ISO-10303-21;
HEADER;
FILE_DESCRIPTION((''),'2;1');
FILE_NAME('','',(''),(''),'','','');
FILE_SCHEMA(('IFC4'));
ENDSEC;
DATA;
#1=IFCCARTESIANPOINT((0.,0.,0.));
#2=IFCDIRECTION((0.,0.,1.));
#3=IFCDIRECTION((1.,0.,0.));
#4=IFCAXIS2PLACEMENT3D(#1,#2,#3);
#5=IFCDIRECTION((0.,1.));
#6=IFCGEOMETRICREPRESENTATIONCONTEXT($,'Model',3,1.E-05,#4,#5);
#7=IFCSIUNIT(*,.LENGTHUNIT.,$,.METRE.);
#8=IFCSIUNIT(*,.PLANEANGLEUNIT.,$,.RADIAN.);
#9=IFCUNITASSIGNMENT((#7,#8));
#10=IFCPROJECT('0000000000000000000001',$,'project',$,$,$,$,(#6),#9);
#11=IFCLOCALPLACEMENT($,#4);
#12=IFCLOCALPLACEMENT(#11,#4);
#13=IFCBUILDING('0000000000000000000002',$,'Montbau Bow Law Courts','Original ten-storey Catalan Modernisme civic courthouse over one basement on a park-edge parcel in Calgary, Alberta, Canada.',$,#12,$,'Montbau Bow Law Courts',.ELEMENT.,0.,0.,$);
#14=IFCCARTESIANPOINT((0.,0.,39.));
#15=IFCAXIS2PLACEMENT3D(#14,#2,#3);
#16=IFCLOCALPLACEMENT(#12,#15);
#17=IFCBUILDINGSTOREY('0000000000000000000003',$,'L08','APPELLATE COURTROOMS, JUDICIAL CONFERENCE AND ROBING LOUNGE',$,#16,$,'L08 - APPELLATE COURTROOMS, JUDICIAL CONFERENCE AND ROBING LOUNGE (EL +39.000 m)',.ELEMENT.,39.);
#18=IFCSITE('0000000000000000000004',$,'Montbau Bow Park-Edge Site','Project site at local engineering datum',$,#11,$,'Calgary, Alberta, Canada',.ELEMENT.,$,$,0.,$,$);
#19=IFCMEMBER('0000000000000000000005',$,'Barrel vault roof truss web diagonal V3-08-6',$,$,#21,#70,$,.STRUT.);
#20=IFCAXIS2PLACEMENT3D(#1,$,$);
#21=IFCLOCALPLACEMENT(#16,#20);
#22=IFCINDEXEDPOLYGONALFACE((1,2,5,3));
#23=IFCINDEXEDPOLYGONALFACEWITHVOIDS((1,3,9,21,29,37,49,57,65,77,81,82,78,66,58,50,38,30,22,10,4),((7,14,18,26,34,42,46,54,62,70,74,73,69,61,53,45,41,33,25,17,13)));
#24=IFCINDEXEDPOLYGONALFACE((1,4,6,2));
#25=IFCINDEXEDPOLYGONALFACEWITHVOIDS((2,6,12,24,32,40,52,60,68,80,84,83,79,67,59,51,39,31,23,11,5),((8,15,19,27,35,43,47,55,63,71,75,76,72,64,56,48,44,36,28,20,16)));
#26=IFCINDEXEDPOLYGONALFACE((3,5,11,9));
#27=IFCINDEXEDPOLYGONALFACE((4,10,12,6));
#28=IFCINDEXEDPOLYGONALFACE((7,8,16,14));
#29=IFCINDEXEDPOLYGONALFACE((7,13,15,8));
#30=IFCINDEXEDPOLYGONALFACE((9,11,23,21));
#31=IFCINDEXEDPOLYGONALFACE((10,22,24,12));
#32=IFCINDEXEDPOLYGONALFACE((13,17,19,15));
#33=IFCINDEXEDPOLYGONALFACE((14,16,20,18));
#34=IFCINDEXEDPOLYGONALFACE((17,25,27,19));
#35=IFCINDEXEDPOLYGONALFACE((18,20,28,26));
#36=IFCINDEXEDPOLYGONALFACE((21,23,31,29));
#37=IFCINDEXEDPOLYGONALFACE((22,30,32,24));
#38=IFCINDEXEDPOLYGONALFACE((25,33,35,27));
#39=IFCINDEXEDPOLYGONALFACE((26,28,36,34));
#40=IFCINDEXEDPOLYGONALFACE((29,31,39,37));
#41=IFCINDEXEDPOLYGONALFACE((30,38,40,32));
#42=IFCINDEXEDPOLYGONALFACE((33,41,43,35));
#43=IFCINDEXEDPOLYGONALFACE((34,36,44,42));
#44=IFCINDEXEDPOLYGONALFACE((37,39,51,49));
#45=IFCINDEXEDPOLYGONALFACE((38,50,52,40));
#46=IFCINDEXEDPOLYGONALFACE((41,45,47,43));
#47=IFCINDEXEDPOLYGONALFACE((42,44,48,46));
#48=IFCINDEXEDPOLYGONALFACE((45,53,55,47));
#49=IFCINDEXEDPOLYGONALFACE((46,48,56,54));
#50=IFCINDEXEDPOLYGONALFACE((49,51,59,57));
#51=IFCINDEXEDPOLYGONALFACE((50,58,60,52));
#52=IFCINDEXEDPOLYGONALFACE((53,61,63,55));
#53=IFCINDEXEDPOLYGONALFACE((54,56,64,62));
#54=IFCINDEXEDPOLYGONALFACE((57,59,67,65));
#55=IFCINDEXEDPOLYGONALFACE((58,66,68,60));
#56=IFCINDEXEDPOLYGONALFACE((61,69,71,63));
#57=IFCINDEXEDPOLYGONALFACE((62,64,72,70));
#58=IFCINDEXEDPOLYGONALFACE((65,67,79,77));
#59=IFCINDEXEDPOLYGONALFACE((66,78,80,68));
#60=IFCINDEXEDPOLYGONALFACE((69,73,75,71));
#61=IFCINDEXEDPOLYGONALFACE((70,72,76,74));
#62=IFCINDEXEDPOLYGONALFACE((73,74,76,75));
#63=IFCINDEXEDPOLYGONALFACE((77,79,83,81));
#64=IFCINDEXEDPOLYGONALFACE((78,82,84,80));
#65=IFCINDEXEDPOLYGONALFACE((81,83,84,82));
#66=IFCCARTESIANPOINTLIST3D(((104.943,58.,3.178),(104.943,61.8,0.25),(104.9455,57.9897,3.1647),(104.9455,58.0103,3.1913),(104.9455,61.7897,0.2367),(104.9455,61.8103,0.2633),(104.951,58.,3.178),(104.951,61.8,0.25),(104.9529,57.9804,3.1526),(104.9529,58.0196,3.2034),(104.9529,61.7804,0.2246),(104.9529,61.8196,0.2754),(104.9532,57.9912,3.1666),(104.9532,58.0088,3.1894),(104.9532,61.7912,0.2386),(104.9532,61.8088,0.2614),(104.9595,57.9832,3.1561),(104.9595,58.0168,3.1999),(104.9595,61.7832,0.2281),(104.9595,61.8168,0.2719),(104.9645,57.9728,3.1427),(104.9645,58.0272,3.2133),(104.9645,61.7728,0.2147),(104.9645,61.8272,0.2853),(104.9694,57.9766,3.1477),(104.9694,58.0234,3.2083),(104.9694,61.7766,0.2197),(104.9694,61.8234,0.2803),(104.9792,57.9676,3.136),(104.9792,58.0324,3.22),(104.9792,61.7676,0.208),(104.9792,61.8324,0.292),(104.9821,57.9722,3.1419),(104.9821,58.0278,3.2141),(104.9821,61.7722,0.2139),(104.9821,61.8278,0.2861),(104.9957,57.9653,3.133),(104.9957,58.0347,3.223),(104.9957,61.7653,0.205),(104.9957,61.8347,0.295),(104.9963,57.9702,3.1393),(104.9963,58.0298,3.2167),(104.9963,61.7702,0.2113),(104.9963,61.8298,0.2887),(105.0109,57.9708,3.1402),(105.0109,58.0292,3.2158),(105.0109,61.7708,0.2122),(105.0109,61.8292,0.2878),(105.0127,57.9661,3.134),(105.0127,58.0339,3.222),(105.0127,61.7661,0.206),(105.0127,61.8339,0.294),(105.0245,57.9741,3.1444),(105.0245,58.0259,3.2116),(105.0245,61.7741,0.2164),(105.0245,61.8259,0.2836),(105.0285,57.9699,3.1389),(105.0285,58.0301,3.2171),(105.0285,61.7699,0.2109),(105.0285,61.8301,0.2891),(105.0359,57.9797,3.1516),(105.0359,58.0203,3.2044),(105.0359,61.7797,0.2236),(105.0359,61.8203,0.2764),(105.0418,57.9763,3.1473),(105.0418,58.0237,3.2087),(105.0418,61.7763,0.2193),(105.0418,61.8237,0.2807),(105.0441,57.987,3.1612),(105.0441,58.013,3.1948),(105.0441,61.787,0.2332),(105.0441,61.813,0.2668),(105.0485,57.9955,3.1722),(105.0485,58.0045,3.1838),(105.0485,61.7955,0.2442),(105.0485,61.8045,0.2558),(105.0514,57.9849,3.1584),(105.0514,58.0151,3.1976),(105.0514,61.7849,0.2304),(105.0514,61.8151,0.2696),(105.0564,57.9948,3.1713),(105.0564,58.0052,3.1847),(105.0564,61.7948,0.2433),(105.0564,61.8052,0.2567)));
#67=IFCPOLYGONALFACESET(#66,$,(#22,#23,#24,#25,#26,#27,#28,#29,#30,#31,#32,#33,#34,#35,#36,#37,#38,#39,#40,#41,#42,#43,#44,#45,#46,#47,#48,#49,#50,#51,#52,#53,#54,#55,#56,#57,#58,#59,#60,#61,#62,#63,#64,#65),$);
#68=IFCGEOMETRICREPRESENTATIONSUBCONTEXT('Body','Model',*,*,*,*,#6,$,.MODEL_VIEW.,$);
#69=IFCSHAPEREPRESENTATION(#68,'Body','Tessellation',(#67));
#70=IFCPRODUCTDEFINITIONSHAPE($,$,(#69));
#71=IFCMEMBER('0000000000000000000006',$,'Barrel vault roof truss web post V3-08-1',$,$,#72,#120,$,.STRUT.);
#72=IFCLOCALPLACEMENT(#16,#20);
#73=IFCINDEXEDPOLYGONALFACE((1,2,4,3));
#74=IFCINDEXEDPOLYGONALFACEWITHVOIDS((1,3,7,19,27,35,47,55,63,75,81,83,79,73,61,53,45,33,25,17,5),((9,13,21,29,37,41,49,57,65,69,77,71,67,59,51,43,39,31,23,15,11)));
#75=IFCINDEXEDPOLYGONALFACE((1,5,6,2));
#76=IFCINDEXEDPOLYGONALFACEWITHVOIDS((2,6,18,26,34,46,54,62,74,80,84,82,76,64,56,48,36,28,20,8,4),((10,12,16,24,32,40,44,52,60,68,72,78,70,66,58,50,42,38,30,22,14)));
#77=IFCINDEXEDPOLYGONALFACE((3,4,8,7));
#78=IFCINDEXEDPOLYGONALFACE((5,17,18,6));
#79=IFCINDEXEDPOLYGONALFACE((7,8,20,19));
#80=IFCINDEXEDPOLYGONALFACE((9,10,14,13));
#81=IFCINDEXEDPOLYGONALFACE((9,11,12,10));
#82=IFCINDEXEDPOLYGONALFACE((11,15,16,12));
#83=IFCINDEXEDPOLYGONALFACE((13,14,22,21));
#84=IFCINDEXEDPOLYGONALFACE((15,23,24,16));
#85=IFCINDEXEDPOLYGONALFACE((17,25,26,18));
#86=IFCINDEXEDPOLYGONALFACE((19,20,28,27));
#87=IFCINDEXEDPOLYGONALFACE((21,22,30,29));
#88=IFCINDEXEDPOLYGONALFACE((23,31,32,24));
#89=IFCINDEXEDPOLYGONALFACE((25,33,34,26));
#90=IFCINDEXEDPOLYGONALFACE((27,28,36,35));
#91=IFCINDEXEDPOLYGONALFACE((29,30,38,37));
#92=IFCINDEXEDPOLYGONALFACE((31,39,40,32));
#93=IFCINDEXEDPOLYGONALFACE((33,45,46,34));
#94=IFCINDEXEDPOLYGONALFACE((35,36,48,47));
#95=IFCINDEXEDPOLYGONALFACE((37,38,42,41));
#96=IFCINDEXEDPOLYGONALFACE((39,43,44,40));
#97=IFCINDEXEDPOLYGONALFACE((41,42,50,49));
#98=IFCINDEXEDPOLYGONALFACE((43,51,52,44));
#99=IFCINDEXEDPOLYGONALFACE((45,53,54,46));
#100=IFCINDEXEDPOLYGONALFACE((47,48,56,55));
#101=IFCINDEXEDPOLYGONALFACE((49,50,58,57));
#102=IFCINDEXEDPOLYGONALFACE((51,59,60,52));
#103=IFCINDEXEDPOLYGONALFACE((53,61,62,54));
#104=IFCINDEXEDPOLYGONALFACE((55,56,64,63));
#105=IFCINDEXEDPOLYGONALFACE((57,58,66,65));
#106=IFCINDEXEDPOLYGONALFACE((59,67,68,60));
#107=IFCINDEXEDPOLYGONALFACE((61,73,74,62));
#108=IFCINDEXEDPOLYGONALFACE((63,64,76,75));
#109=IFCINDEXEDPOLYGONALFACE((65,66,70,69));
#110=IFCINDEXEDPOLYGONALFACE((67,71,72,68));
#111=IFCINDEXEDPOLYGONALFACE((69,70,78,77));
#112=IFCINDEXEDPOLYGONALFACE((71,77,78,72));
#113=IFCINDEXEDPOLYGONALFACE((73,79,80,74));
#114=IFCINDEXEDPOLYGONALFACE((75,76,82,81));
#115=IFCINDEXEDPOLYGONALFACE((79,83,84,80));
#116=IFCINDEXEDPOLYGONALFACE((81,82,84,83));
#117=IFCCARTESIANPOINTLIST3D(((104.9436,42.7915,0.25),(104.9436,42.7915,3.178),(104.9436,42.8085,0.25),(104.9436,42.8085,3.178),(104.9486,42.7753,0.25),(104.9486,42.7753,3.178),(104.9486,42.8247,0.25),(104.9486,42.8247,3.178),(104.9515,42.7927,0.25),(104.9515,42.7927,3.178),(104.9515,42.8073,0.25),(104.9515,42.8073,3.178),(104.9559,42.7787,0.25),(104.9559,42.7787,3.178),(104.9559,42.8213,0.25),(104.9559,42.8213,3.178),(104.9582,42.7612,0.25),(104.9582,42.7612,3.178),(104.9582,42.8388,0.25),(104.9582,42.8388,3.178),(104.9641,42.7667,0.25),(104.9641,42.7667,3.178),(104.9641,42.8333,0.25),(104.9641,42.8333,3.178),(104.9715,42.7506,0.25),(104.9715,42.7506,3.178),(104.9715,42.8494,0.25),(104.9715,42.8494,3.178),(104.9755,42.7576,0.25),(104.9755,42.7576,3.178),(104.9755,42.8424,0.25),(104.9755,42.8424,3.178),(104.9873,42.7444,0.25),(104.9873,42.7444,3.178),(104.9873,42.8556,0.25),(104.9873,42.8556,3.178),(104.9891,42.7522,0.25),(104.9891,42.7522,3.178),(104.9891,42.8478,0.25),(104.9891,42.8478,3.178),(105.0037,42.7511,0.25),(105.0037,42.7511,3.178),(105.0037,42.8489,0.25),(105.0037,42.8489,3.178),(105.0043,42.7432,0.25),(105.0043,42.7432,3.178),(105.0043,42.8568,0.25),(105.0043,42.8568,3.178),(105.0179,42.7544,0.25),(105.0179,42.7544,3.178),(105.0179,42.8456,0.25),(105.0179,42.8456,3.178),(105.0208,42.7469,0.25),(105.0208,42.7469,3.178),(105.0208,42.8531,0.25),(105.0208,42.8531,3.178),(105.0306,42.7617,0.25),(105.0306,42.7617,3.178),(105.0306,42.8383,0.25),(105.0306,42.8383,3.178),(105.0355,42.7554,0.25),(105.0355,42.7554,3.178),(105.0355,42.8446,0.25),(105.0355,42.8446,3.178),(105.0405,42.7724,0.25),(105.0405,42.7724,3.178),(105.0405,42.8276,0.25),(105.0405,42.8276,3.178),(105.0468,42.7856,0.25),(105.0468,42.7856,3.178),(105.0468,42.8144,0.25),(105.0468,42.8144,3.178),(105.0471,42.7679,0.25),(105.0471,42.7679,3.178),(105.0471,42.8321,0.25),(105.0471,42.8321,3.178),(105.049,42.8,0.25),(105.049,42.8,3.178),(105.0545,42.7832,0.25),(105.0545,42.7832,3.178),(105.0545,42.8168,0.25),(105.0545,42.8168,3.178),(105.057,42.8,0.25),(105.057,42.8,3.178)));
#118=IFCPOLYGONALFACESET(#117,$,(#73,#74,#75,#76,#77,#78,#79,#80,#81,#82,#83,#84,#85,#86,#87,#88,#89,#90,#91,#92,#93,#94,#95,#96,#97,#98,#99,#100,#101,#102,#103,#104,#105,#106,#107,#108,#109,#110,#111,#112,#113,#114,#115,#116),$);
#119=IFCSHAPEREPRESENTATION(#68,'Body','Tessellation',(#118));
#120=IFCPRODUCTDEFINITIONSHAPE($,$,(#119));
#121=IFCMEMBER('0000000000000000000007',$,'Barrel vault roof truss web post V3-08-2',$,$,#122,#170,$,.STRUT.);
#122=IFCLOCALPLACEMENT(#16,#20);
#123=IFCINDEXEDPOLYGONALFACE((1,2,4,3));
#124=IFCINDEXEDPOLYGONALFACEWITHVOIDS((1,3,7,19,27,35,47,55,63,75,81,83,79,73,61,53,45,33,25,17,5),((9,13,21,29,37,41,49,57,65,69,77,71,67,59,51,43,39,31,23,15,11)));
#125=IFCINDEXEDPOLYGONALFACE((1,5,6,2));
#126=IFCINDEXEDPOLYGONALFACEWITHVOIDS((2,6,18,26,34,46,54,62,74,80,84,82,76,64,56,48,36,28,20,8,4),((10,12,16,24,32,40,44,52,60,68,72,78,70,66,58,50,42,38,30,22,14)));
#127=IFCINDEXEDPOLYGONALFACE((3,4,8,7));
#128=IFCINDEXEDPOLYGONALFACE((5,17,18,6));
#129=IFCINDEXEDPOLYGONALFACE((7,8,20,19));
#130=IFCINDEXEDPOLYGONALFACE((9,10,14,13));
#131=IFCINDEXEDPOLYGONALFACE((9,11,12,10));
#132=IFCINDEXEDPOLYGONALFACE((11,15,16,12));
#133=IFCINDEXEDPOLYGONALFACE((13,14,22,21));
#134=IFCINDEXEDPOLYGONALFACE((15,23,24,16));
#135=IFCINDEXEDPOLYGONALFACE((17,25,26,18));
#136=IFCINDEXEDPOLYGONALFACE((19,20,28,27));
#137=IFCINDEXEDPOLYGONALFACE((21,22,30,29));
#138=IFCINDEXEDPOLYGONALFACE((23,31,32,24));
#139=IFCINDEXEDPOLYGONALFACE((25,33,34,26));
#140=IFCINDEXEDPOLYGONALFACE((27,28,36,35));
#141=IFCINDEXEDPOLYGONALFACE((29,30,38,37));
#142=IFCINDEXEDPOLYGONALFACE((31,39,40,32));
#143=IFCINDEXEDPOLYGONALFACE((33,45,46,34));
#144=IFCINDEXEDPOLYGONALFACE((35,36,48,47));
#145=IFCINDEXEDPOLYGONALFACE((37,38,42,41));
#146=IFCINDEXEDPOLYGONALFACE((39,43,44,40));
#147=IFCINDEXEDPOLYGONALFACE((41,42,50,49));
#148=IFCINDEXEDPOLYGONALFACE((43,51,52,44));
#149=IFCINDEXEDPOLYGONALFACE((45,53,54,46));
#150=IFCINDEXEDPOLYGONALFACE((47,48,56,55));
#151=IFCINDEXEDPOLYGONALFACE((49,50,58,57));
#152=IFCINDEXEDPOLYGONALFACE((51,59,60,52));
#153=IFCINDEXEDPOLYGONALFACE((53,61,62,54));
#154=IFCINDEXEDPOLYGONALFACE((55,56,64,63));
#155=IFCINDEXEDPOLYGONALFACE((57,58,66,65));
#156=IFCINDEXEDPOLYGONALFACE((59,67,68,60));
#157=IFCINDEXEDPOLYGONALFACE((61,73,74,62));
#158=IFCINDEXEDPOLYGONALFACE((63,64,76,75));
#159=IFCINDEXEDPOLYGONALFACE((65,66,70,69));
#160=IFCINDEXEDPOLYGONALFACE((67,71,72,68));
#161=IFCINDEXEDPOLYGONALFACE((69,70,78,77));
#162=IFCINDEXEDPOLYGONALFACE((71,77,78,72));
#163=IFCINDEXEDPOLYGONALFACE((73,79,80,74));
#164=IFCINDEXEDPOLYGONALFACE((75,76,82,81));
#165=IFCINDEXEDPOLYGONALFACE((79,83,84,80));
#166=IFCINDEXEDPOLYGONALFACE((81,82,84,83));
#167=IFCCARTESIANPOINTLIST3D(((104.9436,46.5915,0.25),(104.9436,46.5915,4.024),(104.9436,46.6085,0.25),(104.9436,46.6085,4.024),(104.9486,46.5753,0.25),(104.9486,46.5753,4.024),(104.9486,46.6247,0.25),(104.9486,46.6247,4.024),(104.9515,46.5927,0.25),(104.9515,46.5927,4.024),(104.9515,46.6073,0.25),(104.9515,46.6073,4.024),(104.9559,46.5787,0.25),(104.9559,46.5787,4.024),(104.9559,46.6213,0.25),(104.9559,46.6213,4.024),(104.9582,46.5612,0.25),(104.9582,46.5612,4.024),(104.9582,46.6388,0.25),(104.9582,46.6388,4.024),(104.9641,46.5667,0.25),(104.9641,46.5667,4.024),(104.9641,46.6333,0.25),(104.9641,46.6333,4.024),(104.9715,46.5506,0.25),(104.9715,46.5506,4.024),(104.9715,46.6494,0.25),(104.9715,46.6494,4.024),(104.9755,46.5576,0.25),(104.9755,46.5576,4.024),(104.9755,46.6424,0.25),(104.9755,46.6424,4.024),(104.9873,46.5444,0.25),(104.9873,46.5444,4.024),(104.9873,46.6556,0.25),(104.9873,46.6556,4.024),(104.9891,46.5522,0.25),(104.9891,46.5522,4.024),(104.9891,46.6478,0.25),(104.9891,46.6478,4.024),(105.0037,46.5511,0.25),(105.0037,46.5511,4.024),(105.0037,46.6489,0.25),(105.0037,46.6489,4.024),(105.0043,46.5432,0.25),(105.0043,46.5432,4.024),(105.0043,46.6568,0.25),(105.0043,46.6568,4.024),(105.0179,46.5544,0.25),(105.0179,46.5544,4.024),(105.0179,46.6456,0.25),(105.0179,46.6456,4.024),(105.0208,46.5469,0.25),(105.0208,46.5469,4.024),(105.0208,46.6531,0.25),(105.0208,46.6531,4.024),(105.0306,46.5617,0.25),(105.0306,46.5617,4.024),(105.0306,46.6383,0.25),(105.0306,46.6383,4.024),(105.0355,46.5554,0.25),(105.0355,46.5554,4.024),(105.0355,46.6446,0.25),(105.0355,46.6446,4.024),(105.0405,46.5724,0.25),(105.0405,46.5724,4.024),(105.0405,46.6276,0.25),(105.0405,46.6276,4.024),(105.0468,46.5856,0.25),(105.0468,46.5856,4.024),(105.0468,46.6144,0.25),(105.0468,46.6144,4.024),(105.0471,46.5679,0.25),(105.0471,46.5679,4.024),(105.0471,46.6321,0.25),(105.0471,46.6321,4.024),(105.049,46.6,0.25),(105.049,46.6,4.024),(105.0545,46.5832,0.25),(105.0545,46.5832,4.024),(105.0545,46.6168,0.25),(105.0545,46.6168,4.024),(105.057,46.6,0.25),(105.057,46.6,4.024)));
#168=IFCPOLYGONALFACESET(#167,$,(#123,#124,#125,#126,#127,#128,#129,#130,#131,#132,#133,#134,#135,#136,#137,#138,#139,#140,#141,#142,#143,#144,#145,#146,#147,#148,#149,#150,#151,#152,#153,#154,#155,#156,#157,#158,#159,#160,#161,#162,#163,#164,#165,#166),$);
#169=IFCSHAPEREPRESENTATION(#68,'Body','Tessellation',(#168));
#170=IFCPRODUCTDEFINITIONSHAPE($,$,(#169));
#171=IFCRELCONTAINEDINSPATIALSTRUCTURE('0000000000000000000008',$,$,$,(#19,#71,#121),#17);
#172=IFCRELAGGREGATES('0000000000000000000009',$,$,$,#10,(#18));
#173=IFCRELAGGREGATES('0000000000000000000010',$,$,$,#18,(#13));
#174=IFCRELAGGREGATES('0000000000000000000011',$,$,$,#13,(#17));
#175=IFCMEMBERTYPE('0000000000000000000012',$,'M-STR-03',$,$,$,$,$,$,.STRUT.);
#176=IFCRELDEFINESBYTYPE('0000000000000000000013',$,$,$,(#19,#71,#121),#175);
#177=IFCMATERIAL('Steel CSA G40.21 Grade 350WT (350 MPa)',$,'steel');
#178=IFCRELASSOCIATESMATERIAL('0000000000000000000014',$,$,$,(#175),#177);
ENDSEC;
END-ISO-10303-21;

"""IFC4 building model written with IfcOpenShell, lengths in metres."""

from ifc_helpers import new_model, si_unit, direction, frame, origin_with_axes, origin_2d_with_axis, place, context, subcontext, project, spatial, hollow_circle, extrude, material, material_profile, profile_set, type_object, element, save


model = new_model("IFC4")

# Units and contexts
model_context = context("Model", 3, precision=1e-05, world=origin_with_axes(), true_north=direction((0.0, 1.0)))
body_context = subcontext(model_context, "Body", "Model", "MODEL_VIEW")
ifc_project = project(units=[si_unit("LENGTHUNIT", "METRE"), si_unit("PLANEANGLEUNIT", "RADIAN")], contexts=[model_context])

# Site, building, storey
site_placement = place(None, origin_with_axes())
site = spatial("IfcSite", under=ifc_project, at=site_placement, Name="Montbau Bow Park-Edge Site", Description="Project site at local engineering datum", LongName="Calgary, Alberta, Canada", CompositionType="ELEMENT", RefElevation=0.0)
building_placement = place(site_placement, origin_with_axes())
building = spatial("IfcBuilding", under=site, at=building_placement, Name="Montbau Bow Law Courts", Description="Original ten-storey Catalan Modernisme civic courthouse over one basement on a park-edge parcel in Calgary, Alberta, Canada.", LongName="Montbau Bow Law Courts", CompositionType="ELEMENT", ElevationOfRefHeight=0.0, ElevationOfTerrain=0.0)
storey_placement = place(building_placement, frame((0.0, 0.0, 39.0), z_axis=(0.0, 0.0, 1.0), x_axis=(1.0, 0.0, 0.0)))
storey = spatial("IfcBuildingStorey", under=building, at=storey_placement, Name="L08", Description="APPELLATE COURTROOMS, JUDICIAL CONFERENCE AND ROBING LOUNGE", LongName="L08 - APPELLATE COURTROOMS, JUDICIAL CONFERENCE AND ROBING LOUNGE (EL +39.000 m)", CompositionType="ELEMENT", Elevation=39.0)

# Shared definitions
ifc_material_1 = material(Name="Steel CSA G40.21 Grade 350WT (350 MPa)", Category="steel")

# Members
ifc_material_profile_1 = material_profile(ifc_material_1, hollow_circle(Radius=0.057, WallThickness=0.008, at=origin_2d_with_axis()), Name="HSS114X8.0", Category="Main", Priority=0)
ifc_profile_set_1 = profile_set([ifc_material_profile_1], Name="Steel CSA G40.21 Grade 350WT (350 MPa)")
member_type_1 = type_object("IfcMemberType", Name="M-STR-03", PredefinedType="STRUT", material=ifc_profile_set_1)
member_1_placement = place(None, frame((105.0, 58.0, 42.178), z_axis=(0.0, 0.792128, -0.610355), x_axis=(-1.0, 0.0, 0.0)))
element("IfcMember", 1, at=member_1_placement, inside=storey, type_object=member_type_1, Name="Barrel vault roof truss web diagonal V3-08-6", PredefinedType="STRUT", context=body_context, shape_type="SweptSolid", body=[
    extrude(hollow_circle(Radius=0.057, WallThickness=0.008, at=origin_2d_with_axis()), origin_with_axes(), (0.0, 0.0, 1.0), 4.7972),
])
member_2_placement = place(None, frame((105.0, 42.8, 39.25), z_axis=(0.0, 0.0, 1.0), x_axis=(1.0, 0.0, 0.0)))
element("IfcMember", 2, at=member_2_placement, inside=storey, type_object=member_type_1, Name="Barrel vault roof truss web post V3-08-1", PredefinedType="STRUT", context=body_context, shape_type="SweptSolid", body=[
    extrude(hollow_circle(Radius=0.057, WallThickness=0.008, at=origin_2d_with_axis()), origin_with_axes(), (0.0, 0.0, 1.0), 2.928),
])
member_3_placement = place(None, frame((105.0, 46.6, 39.25), z_axis=(0.0, 0.0, 1.0), x_axis=(1.0, 0.0, 0.0)))
element("IfcMember", 3, at=member_3_placement, inside=storey, type_object=member_type_1, Name="Barrel vault roof truss web post V3-08-2", PredefinedType="STRUT", context=body_context, shape_type="SweptSolid", body=[
    extrude(hollow_circle(Radius=0.057, WallThickness=0.008, at=origin_2d_with_axis()), origin_with_axes(), (0.0, 0.0, 1.0), 3.774),
])

save(model, "model.ifc")
